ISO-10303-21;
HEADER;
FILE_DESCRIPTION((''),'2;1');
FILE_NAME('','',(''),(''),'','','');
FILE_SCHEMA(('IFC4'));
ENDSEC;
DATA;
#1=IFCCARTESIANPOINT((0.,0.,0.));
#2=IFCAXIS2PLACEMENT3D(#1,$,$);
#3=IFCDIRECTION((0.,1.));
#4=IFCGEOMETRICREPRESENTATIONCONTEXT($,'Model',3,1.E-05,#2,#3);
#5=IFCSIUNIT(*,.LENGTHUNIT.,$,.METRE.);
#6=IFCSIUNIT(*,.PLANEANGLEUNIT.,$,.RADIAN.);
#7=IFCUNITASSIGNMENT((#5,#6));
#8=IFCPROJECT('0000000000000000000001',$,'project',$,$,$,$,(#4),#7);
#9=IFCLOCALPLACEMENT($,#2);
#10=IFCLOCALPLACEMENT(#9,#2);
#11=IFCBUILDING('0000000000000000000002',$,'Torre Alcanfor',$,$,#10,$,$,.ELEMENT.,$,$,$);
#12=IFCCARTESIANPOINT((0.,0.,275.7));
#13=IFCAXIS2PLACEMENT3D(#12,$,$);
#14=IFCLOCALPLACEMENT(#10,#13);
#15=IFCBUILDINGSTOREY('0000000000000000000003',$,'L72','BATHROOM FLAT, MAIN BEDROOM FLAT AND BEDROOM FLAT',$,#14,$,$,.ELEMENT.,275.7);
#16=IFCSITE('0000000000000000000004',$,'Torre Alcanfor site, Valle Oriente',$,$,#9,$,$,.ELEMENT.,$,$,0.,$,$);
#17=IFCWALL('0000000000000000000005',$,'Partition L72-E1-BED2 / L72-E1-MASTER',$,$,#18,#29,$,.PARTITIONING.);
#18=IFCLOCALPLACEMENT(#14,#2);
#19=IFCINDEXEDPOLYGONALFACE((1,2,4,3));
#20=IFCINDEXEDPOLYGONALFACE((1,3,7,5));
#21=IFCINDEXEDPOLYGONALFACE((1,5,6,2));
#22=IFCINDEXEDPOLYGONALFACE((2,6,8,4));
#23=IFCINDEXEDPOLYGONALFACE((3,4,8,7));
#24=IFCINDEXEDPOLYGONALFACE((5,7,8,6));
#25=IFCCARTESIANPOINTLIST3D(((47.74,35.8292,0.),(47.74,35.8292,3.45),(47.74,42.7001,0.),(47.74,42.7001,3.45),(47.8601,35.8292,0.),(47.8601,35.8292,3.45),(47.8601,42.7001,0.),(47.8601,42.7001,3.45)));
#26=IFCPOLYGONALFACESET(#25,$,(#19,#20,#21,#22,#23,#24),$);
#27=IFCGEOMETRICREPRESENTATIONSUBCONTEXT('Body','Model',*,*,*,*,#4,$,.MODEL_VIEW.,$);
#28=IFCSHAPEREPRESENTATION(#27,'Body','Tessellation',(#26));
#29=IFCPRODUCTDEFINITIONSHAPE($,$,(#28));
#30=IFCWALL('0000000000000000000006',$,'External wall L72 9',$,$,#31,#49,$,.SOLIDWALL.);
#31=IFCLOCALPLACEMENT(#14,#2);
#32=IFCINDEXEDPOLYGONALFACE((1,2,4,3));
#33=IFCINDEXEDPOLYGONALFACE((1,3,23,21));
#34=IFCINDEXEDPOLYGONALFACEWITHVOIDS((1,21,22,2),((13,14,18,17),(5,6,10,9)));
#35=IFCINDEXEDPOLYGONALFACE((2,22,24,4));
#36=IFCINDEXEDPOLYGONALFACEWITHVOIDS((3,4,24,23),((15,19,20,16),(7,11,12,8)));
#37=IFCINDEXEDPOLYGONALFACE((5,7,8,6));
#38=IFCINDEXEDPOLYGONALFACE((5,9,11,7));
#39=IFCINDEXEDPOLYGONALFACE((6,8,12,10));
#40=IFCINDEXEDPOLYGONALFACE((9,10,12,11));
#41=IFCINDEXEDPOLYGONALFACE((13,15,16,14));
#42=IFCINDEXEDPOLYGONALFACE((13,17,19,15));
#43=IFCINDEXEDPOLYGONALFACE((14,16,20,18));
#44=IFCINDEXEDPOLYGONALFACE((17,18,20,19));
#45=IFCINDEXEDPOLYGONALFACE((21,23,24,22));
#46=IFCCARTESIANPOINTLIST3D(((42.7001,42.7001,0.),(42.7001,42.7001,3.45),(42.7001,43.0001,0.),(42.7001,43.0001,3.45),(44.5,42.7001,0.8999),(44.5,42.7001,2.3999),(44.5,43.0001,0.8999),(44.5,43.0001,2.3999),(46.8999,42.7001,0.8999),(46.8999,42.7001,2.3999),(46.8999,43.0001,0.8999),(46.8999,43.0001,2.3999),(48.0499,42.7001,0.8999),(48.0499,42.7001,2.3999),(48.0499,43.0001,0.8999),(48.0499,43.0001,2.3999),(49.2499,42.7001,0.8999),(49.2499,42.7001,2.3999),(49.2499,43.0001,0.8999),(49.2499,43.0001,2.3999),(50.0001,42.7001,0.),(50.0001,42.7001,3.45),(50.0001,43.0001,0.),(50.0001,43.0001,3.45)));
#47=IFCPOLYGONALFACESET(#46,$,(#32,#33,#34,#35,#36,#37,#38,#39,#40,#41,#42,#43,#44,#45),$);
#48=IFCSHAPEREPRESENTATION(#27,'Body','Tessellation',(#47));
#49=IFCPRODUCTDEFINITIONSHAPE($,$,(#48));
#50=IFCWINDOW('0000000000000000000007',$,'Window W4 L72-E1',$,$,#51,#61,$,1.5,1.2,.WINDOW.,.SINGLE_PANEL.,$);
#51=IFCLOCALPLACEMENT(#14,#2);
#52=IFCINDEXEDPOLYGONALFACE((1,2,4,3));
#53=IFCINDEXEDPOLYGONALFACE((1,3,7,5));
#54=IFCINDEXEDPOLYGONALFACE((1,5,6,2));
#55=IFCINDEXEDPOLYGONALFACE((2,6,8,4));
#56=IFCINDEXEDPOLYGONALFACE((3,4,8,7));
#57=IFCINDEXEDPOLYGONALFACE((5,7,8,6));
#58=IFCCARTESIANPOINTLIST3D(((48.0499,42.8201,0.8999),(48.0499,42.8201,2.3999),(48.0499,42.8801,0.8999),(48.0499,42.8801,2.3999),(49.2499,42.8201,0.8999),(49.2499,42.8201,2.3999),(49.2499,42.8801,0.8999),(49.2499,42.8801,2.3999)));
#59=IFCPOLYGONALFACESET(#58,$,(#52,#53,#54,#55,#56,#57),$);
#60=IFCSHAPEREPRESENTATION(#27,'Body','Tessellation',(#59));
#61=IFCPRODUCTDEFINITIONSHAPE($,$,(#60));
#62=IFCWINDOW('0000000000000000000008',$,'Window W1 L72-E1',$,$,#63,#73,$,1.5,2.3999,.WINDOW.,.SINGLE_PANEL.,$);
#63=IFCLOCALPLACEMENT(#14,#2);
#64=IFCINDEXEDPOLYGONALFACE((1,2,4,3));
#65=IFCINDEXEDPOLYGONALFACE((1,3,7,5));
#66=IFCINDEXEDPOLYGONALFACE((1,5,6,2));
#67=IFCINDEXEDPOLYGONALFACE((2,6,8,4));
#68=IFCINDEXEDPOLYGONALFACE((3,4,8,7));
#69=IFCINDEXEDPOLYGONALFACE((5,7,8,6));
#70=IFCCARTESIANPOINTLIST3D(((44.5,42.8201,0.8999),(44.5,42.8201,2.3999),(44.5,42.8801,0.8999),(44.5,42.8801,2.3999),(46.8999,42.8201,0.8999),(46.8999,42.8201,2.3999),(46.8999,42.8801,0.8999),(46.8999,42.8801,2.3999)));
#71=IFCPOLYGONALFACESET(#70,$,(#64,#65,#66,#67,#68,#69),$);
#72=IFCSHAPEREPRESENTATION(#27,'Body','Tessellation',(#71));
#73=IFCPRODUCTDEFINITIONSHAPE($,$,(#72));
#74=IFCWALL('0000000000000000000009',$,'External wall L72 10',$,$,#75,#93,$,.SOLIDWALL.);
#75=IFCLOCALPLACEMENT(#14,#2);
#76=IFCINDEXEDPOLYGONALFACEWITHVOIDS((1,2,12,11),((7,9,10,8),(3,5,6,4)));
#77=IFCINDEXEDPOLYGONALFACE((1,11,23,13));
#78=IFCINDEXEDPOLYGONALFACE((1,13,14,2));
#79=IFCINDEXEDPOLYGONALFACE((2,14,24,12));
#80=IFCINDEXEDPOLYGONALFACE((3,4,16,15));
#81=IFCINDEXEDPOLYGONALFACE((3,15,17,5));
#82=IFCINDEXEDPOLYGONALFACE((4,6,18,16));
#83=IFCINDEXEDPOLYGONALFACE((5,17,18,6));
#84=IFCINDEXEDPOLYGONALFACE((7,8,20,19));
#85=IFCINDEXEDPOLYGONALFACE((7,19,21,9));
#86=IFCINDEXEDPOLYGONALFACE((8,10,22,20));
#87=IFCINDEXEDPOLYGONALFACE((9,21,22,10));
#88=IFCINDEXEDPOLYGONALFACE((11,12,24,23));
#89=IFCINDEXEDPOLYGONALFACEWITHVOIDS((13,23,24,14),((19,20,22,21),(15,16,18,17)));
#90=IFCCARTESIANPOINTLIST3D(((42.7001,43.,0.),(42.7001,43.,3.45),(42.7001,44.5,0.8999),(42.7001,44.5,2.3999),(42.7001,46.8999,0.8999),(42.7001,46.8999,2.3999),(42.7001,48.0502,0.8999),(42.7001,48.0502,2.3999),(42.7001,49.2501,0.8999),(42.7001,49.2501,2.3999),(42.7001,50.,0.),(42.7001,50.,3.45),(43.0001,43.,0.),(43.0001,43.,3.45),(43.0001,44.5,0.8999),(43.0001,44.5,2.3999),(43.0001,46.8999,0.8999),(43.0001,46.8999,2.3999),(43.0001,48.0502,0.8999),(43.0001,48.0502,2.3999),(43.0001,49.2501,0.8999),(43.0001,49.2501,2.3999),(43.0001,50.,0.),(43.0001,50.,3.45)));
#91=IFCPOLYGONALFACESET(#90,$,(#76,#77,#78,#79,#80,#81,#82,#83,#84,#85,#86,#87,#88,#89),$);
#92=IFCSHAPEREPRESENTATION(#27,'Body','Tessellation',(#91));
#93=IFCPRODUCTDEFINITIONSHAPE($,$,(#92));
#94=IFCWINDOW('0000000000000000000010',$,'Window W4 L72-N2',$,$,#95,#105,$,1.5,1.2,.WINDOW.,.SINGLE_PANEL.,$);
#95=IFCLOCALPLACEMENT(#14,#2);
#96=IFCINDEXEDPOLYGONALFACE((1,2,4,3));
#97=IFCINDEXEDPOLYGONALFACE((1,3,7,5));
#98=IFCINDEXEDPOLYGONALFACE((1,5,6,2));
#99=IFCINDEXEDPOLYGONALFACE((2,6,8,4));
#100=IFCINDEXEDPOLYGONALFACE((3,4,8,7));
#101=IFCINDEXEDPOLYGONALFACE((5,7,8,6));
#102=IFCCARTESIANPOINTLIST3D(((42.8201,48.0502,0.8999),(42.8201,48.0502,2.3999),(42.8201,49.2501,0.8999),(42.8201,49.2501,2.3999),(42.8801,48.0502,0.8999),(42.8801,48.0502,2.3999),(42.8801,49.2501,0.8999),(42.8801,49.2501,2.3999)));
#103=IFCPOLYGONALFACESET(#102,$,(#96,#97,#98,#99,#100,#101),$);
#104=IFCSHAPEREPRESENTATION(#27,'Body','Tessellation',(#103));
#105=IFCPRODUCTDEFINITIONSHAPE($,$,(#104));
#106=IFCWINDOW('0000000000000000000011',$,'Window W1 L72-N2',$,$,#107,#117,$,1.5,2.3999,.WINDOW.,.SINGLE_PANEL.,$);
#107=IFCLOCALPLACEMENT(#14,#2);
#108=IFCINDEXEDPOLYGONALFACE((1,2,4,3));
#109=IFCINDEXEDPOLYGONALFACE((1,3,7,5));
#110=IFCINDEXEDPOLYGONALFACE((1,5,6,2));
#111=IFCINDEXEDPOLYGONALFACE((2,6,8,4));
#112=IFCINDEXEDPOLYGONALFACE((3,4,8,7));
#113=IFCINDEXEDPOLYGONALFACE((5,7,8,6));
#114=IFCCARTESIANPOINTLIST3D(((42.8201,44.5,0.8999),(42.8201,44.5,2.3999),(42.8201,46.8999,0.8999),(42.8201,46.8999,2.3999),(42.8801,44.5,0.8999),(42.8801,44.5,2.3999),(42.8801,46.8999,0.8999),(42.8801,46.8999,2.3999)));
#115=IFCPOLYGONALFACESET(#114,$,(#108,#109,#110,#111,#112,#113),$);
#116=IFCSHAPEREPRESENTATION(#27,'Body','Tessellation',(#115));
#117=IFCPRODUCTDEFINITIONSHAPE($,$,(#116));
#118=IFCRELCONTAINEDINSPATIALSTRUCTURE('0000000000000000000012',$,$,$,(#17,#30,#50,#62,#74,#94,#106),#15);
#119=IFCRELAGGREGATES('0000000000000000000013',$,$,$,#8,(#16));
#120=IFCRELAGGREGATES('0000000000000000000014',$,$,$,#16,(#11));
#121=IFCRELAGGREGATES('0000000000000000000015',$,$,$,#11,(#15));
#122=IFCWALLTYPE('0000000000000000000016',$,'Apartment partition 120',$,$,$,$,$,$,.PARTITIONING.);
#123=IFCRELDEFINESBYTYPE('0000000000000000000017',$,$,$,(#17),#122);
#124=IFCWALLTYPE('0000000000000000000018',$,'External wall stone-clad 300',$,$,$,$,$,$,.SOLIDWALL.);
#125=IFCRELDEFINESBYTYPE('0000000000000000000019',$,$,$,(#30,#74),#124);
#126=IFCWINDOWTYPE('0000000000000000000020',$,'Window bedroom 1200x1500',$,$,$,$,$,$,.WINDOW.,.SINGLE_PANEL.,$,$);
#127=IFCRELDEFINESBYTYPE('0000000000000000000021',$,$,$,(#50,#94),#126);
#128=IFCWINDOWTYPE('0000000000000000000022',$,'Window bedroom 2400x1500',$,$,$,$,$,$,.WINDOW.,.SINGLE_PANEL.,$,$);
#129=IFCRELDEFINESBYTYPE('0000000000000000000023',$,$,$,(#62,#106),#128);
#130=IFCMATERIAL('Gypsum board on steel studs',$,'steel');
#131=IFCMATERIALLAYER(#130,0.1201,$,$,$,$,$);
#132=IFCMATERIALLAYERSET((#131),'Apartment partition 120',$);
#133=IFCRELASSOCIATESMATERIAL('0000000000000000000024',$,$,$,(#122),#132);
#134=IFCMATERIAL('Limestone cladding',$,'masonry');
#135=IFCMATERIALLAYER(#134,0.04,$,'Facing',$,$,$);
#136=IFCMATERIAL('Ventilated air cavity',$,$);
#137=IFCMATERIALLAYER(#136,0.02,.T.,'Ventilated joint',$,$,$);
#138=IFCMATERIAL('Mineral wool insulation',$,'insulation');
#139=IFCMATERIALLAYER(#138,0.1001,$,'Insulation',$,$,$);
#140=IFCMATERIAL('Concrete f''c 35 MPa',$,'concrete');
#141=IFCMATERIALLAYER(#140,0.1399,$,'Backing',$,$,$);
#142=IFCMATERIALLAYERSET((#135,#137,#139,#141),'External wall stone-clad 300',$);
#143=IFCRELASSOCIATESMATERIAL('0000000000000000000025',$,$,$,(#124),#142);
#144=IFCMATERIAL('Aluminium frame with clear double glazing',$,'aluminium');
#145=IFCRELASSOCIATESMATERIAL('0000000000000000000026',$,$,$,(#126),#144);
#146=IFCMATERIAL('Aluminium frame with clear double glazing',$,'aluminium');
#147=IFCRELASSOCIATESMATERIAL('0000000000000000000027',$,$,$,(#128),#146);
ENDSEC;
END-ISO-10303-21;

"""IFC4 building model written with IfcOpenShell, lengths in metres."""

from ifc_helpers import new_model, si_unit, direction, frame, frame_2d, origin, place, context, subcontext, project, spatial, rectangle, extrude, material, layer, layer_set, type_object, element, fill, save


model = new_model("IFC4")

# Units and contexts
model_context = context("Model", 3, precision=1e-05, world=origin(), true_north=direction((0.0, 1.0)))
body_context = subcontext(model_context, "Body", "Model", "MODEL_VIEW")
ifc_project = project(units=[si_unit("LENGTHUNIT", "METRE"), si_unit("PLANEANGLEUNIT", "RADIAN")], contexts=[model_context])

# Site, building, storey
site_placement = place(None, origin())
site = spatial("IfcSite", under=ifc_project, at=site_placement, Name="Torre Alcanfor site, Valle Oriente", CompositionType="ELEMENT", RefElevation=0.0)
building_placement = place(site_placement, origin())
building = spatial("IfcBuilding", under=site, at=building_placement, Name="Torre Alcanfor", CompositionType="ELEMENT")
storey_placement = place(building_placement, frame((0.0, 0.0, 275.7)))
storey = spatial("IfcBuildingStorey", under=building, at=storey_placement, Name="L72", Description="BATHROOM FLAT, MAIN BEDROOM FLAT AND BEDROOM FLAT", CompositionType="ELEMENT", Elevation=275.7)

# Shared definitions
ifc_material_1 = material(Name="Gypsum board on steel studs", Category="steel")
ifc_layer_1 = layer(ifc_material_1, 0.1201)
ifc_layer_set_1 = layer_set([ifc_layer_1], Name="Apartment partition 120")
wall_type_1 = type_object("IfcWallType", Name="Apartment partition 120", PredefinedType="PARTITIONING", material=ifc_layer_set_1)

# Wall
wall_1_placement = place(storey_placement, frame((47.8, 35.8291, 0.0), z_axis=(0.0, 0.0, 1.0), x_axis=(0.0, 1.0, 0.0)))
element("IfcWall", 1, at=wall_1_placement, inside=storey, type_object=wall_type_1, Name="Partition L72-E1-BED2 / L72-E1-MASTER", PredefinedType="PARTITIONING", context=body_context, shape_type="SweptSolid", body=[
    extrude(rectangle(XDim=6.8708, YDim=0.1201, at=frame_2d((3.4355, 0.0))), origin(), (0.0, 0.0, 1.0), 3.45),
])

# Walls, openings, windows
ifc_material_2 = material(Name="Limestone cladding", Category="masonry")
ifc_layer_2 = layer(ifc_material_2, 0.04, Name="Facing")
ifc_material_3 = material(Name="Ventilated air cavity")
ifc_layer_3 = layer(ifc_material_3, 0.02, ventilated=True, Name="Ventilated joint")
ifc_material_4 = material(Name="Mineral wool insulation", Category="insulation")
ifc_layer_4 = layer(ifc_material_4, 0.1001, Name="Insulation")
ifc_material_5 = material(Name="Concrete f'c 35 MPa", Category="concrete")
ifc_layer_5 = layer(ifc_material_5, 0.1399, Name="Backing")
ifc_layer_set_2 = layer_set([ifc_layer_2, ifc_layer_3, ifc_layer_4, ifc_layer_5], Name="External wall stone-clad 300")
wall_type_2 = type_object("IfcWallType", Name="External wall stone-clad 300", PredefinedType="SOLIDWALL", material=ifc_layer_set_2)
wall_2_placement = place(storey_placement, frame((50.0, 42.8501, 0.0), z_axis=(0.0, 0.0, 1.0), x_axis=(-1.0, 0.0, 0.0)))
wall_2 = element("IfcWall", 2, at=wall_2_placement, inside=storey, type_object=wall_type_2, Name="External wall L72 9", PredefinedType="SOLIDWALL", context=body_context, shape_type="SweptSolid", body=[
    extrude(rectangle(XDim=7.3, YDim=0.3, at=frame_2d((3.6499, 0.0))), origin(), (0.0, 0.0, 1.0), 3.45),
])
opening_1_placement = place(wall_2_placement, frame((3.1001, 0.0, 0.8999)))
opening_1 = element("IfcOpeningElement", 3, at=opening_1_placement, cuts=wall_2, PredefinedType="OPENING", context=body_context, shape_type="SweptSolid", body=[
    extrude(rectangle(XDim=2.3999, YDim=1.5, at=frame_2d((1.2, 0.75))), frame((0.0, 0.1599, 0.0), z_axis=(0.0, -1.0, 0.0), x_axis=(1.0, 0.0, 0.0)), (0.0, 0.0, 1.0), 0.3201),
])
opening_2_placement = place(wall_2_placement, frame((0.75, 0.0, 0.8999)))
opening_2 = element("IfcOpeningElement", 4, at=opening_2_placement, cuts=wall_2, PredefinedType="OPENING", context=body_context, shape_type="SweptSolid", body=[
    extrude(rectangle(XDim=1.2, YDim=1.5, at=frame_2d((0.6001, 0.75))), frame((0.0, 0.1599, 0.0), z_axis=(0.0, -1.0, 0.0), x_axis=(1.0, 0.0, 0.0)), (0.0, 0.0, 1.0), 0.3201),
])
ifc_material_6 = material(Name="Aluminium frame with clear double glazing", Category="aluminium")
window_type_1 = type_object("IfcWindowType", Name="Window bedroom 1200x1500", PartitioningType="SINGLE_PANEL", PredefinedType="WINDOW", material=ifc_material_6)
window_1_placement = place(opening_2_placement, origin())
window_1 = element("IfcWindow", 5, at=window_1_placement, inside=storey, type_object=window_type_1, Name="Window W4 L72-E1", OverallHeight=1.5, OverallWidth=1.2, PartitioningType="SINGLE_PANEL", PredefinedType="WINDOW", context=body_context, shape_type="SweptSolid", body=[
    extrude(rectangle(XDim=1.2, YDim=1.5, at=frame_2d((0.6001, 0.75))), frame((0.0, 0.03, 0.0), z_axis=(0.0, -1.0, 0.0), x_axis=(1.0, 0.0, 0.0)), (0.0, 0.0, 1.0), 0.0601),
])
fill(opening_2, window_1)
ifc_material_7 = material(Name="Aluminium frame with clear double glazing", Category="aluminium")
window_type_2 = type_object("IfcWindowType", Name="Window bedroom 2400x1500", PartitioningType="SINGLE_PANEL", PredefinedType="WINDOW", material=ifc_material_7)
window_2_placement = place(opening_1_placement, origin())
window_2 = element("IfcWindow", 6, at=window_2_placement, inside=storey, type_object=window_type_2, Name="Window W1 L72-E1", OverallHeight=1.5, OverallWidth=2.3999, PartitioningType="SINGLE_PANEL", PredefinedType="WINDOW", context=body_context, shape_type="SweptSolid", body=[
    extrude(rectangle(XDim=2.3999, YDim=1.5, at=frame_2d((1.2, 0.75))), frame((0.0, 0.03, 0.0), z_axis=(0.0, -1.0, 0.0), x_axis=(1.0, 0.0, 0.0)), (0.0, 0.0, 1.0), 0.0601),
])
fill(opening_1, window_2)
wall_3_placement = place(storey_placement, frame((42.8501, 43.0, 0.0), z_axis=(0.0, 0.0, 1.0), x_axis=(0.0, 1.0, 0.0)))
wall_3 = element("IfcWall", 7, at=wall_3_placement, inside=storey, type_object=wall_type_2, Name="External wall L72 10", PredefinedType="SOLIDWALL", context=body_context, shape_type="SweptSolid", body=[
    extrude(rectangle(XDim=7.0, YDim=0.3, at=frame_2d((3.5, 0.0))), origin(), (0.0, 0.0, 1.0), 3.45),
])
opening_3_placement = place(wall_3_placement, frame((1.5, 0.0, 0.8999)))
opening_3 = element("IfcOpeningElement", 8, at=opening_3_placement, cuts=wall_3, PredefinedType="OPENING", context=body_context, shape_type="SweptSolid", body=[
    extrude(rectangle(XDim=2.3999, YDim=1.5, at=frame_2d((1.2, 0.75))), frame((0.0, 0.1599, 0.0), z_axis=(0.0, -1.0, 0.0), x_axis=(1.0, 0.0, 0.0)), (0.0, 0.0, 1.0), 0.3201),
])
opening_4_placement = place(wall_3_placement, frame((5.05, 0.0, 0.8999)))
opening_4 = element("IfcOpeningElement", 9, at=opening_4_placement, cuts=wall_3, PredefinedType="OPENING", context=body_context, shape_type="SweptSolid", body=[
    extrude(rectangle(XDim=1.2, YDim=1.5, at=frame_2d((0.6001, 0.75))), frame((0.0, 0.1599, 0.0), z_axis=(0.0, -1.0, 0.0), x_axis=(1.0, 0.0, 0.0)), (0.0, 0.0, 1.0), 0.3201),
])
window_3_placement = place(opening_4_placement, origin())
window_3 = element("IfcWindow", 10, at=window_3_placement, inside=storey, type_object=window_type_1, Name="Window W4 L72-N2", OverallHeight=1.5, OverallWidth=1.2, PartitioningType="SINGLE_PANEL", PredefinedType="WINDOW", context=body_context, shape_type="SweptSolid", body=[
    extrude(rectangle(XDim=1.2, YDim=1.5, at=frame_2d((0.6001, 0.75))), frame((0.0, 0.03, 0.0), z_axis=(0.0, -1.0, 0.0), x_axis=(1.0, 0.0, 0.0)), (0.0, 0.0, 1.0), 0.0601),
])
fill(opening_4, window_3)
window_4_placement = place(opening_3_placement, origin())
window_4 = element("IfcWindow", 11, at=window_4_placement, inside=storey, type_object=window_type_2, Name="Window W1 L72-N2", OverallHeight=1.5, OverallWidth=2.3999, PartitioningType="SINGLE_PANEL", PredefinedType="WINDOW", context=body_context, shape_type="SweptSolid", body=[
    extrude(rectangle(XDim=2.3999, YDim=1.5, at=frame_2d((1.2, 0.75))), frame((0.0, 0.03, 0.0), z_axis=(0.0, -1.0, 0.0), x_axis=(1.0, 0.0, 0.0)), (0.0, 0.0, 1.0), 0.0601),
])
fill(opening_3, window_4)

save(model, "model.ifc")
